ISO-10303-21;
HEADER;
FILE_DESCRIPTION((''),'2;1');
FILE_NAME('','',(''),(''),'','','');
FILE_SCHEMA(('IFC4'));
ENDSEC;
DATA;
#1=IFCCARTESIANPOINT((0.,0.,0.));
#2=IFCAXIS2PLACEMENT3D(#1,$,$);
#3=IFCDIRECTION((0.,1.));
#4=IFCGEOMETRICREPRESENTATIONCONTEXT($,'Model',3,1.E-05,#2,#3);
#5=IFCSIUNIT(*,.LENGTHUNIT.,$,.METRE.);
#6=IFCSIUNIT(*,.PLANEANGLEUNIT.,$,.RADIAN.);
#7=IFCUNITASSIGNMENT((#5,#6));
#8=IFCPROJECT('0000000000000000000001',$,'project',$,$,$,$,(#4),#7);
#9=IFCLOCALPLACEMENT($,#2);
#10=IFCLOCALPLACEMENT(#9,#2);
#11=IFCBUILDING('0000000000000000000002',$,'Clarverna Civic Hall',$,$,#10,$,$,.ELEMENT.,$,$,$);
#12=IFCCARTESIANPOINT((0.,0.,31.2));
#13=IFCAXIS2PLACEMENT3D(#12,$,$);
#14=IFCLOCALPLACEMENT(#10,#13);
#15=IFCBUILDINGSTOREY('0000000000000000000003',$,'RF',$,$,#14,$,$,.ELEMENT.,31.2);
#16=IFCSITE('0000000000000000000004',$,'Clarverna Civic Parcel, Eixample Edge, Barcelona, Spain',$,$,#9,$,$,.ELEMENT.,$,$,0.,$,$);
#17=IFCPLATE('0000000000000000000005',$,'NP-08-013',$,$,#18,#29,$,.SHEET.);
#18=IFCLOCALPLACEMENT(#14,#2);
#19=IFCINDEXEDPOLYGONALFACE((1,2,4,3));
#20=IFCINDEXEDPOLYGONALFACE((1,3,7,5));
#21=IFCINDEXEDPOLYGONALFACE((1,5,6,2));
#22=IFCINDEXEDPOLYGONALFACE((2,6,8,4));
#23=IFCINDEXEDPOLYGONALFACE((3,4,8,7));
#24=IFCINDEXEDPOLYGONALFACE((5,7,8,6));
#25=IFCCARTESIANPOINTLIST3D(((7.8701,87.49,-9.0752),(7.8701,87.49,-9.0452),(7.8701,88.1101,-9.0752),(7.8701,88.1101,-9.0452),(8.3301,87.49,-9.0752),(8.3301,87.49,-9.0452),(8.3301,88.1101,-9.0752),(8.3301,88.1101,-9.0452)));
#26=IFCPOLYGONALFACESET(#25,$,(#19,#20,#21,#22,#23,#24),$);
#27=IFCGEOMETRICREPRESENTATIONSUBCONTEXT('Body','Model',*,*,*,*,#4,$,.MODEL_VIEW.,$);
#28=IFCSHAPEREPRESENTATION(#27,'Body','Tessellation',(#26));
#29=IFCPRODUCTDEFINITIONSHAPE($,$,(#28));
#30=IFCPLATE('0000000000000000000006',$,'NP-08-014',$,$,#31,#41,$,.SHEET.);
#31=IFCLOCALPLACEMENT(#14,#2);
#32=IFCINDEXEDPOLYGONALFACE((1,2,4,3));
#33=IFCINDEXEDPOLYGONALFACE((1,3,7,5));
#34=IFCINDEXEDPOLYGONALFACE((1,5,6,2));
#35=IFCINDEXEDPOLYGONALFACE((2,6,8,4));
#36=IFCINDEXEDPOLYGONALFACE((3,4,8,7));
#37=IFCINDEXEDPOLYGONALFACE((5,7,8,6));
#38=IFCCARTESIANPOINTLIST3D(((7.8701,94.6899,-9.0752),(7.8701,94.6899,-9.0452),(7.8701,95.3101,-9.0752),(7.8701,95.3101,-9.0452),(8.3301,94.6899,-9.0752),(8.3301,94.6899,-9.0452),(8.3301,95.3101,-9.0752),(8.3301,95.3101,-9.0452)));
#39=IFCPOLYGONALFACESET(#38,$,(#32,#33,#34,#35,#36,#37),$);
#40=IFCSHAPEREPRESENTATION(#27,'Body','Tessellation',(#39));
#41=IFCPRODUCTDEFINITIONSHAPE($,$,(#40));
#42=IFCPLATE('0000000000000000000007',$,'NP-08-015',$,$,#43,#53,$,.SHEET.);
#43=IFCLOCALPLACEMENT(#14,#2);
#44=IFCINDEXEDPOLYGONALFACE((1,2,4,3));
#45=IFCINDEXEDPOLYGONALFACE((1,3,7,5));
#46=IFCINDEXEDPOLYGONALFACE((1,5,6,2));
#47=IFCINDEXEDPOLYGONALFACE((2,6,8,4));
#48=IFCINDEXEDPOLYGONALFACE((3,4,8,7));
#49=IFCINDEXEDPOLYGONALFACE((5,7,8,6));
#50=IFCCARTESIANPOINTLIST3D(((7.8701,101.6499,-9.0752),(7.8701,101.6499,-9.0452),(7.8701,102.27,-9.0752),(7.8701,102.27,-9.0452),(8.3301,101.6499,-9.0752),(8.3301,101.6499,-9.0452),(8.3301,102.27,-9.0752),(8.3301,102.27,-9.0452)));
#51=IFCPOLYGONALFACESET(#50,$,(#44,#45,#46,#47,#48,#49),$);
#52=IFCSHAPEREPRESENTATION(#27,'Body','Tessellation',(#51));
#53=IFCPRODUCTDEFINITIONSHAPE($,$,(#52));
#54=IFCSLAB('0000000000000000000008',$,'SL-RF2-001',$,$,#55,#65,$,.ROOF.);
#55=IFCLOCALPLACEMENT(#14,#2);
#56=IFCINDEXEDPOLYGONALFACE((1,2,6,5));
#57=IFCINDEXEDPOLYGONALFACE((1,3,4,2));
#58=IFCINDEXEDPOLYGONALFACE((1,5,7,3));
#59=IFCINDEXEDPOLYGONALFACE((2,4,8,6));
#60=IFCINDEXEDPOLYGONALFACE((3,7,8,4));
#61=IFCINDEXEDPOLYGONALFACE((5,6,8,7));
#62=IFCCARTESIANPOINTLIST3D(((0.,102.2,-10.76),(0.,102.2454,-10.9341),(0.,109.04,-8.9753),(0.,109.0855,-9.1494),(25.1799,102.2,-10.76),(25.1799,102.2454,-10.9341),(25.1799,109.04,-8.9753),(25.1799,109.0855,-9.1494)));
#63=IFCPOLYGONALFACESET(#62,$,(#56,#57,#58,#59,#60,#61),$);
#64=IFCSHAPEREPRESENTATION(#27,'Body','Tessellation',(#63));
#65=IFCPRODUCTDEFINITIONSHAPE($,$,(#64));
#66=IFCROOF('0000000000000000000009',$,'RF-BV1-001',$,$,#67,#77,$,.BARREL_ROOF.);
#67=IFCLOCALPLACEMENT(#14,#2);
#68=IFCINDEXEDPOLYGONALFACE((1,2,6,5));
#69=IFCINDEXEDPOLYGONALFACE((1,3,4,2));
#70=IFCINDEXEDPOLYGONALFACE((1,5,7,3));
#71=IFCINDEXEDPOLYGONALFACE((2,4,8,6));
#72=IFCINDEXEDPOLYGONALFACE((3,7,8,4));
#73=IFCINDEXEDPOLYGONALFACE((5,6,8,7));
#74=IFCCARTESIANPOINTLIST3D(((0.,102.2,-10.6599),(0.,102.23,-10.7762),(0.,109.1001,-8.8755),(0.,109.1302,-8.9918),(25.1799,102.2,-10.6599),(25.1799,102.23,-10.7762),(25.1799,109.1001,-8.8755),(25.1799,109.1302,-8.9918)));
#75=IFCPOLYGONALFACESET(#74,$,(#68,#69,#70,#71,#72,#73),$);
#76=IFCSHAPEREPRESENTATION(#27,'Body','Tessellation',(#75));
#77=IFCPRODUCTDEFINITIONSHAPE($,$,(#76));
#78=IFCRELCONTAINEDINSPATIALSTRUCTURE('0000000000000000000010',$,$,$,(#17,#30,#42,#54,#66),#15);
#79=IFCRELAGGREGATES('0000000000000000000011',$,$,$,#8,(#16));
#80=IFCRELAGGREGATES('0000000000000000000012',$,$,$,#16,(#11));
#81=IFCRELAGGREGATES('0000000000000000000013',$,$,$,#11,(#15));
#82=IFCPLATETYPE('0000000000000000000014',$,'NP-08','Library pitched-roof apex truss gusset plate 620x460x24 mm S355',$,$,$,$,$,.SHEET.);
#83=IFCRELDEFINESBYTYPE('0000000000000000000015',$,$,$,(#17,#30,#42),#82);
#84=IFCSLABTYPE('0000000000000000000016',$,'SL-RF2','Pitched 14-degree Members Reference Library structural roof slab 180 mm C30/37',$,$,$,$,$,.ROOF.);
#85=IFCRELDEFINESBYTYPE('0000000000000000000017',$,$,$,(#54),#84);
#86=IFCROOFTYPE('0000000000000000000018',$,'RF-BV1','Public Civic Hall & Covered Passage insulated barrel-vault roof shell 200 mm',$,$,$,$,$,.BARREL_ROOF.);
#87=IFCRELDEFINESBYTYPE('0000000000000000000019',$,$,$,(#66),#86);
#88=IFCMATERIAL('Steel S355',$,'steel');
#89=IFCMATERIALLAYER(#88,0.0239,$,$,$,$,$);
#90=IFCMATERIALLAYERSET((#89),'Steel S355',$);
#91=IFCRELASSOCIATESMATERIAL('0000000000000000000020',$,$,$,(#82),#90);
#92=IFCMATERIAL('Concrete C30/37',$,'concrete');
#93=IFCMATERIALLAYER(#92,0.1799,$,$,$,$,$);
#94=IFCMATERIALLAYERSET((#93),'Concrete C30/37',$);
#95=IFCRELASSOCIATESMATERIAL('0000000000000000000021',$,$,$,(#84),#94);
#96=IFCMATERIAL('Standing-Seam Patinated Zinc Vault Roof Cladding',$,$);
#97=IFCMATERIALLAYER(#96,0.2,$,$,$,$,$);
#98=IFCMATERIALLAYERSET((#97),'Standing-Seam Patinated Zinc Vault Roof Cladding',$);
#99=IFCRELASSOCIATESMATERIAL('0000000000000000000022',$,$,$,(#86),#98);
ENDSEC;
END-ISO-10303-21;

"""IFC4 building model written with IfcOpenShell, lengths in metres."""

from ifc_helpers import new_model, si_unit, direction, frame, origin, origin_2d, place, context, subcontext, project, spatial, polyline, rectangle, outline, extrude, material, layer, layer_set, type_object, element, save


model = new_model("IFC4")

# Units and contexts
model_context = context("Model", 3, precision=1e-05, world=origin(), true_north=direction((0.0, 1.0)))
body_context = subcontext(model_context, "Body", "Model", "MODEL_VIEW")
ifc_project = project(units=[si_unit("LENGTHUNIT", "METRE"), si_unit("PLANEANGLEUNIT", "RADIAN")], contexts=[model_context])

# Site, building, storey
site_placement = place(None, origin())
site = spatial("IfcSite", under=ifc_project, at=site_placement, Name="Clarverna Civic Parcel, Eixample Edge, Barcelona, Spain", CompositionType="ELEMENT", RefElevation=0.0)
building_placement = place(site_placement, origin())
building = spatial("IfcBuilding", under=site, at=building_placement, Name="Clarverna Civic Hall", CompositionType="ELEMENT")
storey_placement = place(building_placement, frame((0.0, 0.0, 31.2)))
storey = spatial("IfcBuildingStorey", under=building, at=storey_placement, Name="RF", CompositionType="ELEMENT", Elevation=31.2)

# Shared definitions
ifc_material_1 = material(Name="Steel S355", Category="steel")

# Plates
ifc_layer_1 = layer(ifc_material_1, 0.0239)
ifc_layer_set_1 = layer_set([ifc_layer_1], Name="Steel S355")
plate_type = type_object("IfcPlateType", Name="NP-08", Description="Library pitched-roof apex truss gusset plate 620x460x24 mm S355", PredefinedType="SHEET", material=ifc_layer_set_1)
for number, where, z_axis, x_axis, name in (
    (1, (8.1001, 87.8, -9.0752), (0.0, 0.0, 1.0), (1.0, 0.0, 0.0), "NP-08-013"),
    (2, (8.1001, 95.0, -9.0752), (0.0, 0.0, 1.0), (1.0, 0.0, 0.0), "NP-08-014"),
    (3, (8.1001, 101.96, -9.0752), (0.0, 0.0, 1.0), (1.0, 0.0, 0.0), "NP-08-015"),
):
    element("IfcPlate", number, at=place(storey_placement, frame(where, z_axis=z_axis, x_axis=x_axis)), inside=storey, type_object=plate_type, Name=name, PredefinedType="SHEET", context=body_context, shape_type="SweptSolid", body=[
        extrude(rectangle(XDim=0.46, YDim=0.6201, at=origin_2d()), origin(), (0.0, 0.0, 1.0), 0.03),
    ])

# Slab
ifc_material_2 = material(Name="Concrete C30/37", Category="concrete")
ifc_layer_2 = layer(ifc_material_2, 0.1799)
ifc_layer_set_2 = layer_set([ifc_layer_2], Name="Concrete C30/37")
slab_type = type_object("IfcSlabType", Name="SL-RF2", Description="Pitched 14-degree Members Reference Library structural roof slab 180 mm C30/37", PredefinedType="ROOF", material=ifc_layer_set_2)
slab_placement = place(storey_placement, frame((0.0, 102.2, -10.76), z_axis=(0.0, -0.252461, 0.967607), x_axis=(1.0, 0.0, 0.0)))
element("IfcSlab", 4, at=slab_placement, inside=storey, type_object=slab_type, Name="SL-RF2-001", PredefinedType="ROOF", context=body_context, shape_type="SweptSolid", body=[
    extrude(outline(polyline([(0.0, 0.0), (25.1799, 0.0), (25.1799, 7.0691), (0.0, 7.0691), (0.0, 0.0)])), origin(), (0.0, 0.0, -1.0), 0.1799),
])

# Roof
ifc_material_3 = material(Name="Standing-Seam Patinated Zinc Vault Roof Cladding")
ifc_layer_3 = layer(ifc_material_3, 0.2)
ifc_layer_set_3 = layer_set([ifc_layer_3], Name="Standing-Seam Patinated Zinc Vault Roof Cladding")
roof_type = type_object("IfcRoofType", Name="RF-BV1", Description="Public Civic Hall & Covered Passage insulated barrel-vault roof shell 200 mm", PredefinedType="BARREL_ROOF", material=ifc_layer_set_3)
roof_placement = place(storey_placement, frame((0.0, 102.2, -10.6599), z_axis=(0.0, -0.25037, 0.96815), x_axis=(1.0, 0.0, 0.0)))
element("IfcRoof", 5, at=roof_placement, inside=storey, type_object=roof_type, Name="RF-BV1-001", PredefinedType="BARREL_ROOF", context=body_context, shape_type="SweptSolid", body=[
    extrude(outline(polyline([(0.0, 0.0), (25.1799, 0.0), (25.1799, 7.1271), (0.0, 7.1271), (0.0, 0.0)])), origin(), (0.0, 0.0, -1.0), 0.1201),
])

save(model, "model.ifc")
